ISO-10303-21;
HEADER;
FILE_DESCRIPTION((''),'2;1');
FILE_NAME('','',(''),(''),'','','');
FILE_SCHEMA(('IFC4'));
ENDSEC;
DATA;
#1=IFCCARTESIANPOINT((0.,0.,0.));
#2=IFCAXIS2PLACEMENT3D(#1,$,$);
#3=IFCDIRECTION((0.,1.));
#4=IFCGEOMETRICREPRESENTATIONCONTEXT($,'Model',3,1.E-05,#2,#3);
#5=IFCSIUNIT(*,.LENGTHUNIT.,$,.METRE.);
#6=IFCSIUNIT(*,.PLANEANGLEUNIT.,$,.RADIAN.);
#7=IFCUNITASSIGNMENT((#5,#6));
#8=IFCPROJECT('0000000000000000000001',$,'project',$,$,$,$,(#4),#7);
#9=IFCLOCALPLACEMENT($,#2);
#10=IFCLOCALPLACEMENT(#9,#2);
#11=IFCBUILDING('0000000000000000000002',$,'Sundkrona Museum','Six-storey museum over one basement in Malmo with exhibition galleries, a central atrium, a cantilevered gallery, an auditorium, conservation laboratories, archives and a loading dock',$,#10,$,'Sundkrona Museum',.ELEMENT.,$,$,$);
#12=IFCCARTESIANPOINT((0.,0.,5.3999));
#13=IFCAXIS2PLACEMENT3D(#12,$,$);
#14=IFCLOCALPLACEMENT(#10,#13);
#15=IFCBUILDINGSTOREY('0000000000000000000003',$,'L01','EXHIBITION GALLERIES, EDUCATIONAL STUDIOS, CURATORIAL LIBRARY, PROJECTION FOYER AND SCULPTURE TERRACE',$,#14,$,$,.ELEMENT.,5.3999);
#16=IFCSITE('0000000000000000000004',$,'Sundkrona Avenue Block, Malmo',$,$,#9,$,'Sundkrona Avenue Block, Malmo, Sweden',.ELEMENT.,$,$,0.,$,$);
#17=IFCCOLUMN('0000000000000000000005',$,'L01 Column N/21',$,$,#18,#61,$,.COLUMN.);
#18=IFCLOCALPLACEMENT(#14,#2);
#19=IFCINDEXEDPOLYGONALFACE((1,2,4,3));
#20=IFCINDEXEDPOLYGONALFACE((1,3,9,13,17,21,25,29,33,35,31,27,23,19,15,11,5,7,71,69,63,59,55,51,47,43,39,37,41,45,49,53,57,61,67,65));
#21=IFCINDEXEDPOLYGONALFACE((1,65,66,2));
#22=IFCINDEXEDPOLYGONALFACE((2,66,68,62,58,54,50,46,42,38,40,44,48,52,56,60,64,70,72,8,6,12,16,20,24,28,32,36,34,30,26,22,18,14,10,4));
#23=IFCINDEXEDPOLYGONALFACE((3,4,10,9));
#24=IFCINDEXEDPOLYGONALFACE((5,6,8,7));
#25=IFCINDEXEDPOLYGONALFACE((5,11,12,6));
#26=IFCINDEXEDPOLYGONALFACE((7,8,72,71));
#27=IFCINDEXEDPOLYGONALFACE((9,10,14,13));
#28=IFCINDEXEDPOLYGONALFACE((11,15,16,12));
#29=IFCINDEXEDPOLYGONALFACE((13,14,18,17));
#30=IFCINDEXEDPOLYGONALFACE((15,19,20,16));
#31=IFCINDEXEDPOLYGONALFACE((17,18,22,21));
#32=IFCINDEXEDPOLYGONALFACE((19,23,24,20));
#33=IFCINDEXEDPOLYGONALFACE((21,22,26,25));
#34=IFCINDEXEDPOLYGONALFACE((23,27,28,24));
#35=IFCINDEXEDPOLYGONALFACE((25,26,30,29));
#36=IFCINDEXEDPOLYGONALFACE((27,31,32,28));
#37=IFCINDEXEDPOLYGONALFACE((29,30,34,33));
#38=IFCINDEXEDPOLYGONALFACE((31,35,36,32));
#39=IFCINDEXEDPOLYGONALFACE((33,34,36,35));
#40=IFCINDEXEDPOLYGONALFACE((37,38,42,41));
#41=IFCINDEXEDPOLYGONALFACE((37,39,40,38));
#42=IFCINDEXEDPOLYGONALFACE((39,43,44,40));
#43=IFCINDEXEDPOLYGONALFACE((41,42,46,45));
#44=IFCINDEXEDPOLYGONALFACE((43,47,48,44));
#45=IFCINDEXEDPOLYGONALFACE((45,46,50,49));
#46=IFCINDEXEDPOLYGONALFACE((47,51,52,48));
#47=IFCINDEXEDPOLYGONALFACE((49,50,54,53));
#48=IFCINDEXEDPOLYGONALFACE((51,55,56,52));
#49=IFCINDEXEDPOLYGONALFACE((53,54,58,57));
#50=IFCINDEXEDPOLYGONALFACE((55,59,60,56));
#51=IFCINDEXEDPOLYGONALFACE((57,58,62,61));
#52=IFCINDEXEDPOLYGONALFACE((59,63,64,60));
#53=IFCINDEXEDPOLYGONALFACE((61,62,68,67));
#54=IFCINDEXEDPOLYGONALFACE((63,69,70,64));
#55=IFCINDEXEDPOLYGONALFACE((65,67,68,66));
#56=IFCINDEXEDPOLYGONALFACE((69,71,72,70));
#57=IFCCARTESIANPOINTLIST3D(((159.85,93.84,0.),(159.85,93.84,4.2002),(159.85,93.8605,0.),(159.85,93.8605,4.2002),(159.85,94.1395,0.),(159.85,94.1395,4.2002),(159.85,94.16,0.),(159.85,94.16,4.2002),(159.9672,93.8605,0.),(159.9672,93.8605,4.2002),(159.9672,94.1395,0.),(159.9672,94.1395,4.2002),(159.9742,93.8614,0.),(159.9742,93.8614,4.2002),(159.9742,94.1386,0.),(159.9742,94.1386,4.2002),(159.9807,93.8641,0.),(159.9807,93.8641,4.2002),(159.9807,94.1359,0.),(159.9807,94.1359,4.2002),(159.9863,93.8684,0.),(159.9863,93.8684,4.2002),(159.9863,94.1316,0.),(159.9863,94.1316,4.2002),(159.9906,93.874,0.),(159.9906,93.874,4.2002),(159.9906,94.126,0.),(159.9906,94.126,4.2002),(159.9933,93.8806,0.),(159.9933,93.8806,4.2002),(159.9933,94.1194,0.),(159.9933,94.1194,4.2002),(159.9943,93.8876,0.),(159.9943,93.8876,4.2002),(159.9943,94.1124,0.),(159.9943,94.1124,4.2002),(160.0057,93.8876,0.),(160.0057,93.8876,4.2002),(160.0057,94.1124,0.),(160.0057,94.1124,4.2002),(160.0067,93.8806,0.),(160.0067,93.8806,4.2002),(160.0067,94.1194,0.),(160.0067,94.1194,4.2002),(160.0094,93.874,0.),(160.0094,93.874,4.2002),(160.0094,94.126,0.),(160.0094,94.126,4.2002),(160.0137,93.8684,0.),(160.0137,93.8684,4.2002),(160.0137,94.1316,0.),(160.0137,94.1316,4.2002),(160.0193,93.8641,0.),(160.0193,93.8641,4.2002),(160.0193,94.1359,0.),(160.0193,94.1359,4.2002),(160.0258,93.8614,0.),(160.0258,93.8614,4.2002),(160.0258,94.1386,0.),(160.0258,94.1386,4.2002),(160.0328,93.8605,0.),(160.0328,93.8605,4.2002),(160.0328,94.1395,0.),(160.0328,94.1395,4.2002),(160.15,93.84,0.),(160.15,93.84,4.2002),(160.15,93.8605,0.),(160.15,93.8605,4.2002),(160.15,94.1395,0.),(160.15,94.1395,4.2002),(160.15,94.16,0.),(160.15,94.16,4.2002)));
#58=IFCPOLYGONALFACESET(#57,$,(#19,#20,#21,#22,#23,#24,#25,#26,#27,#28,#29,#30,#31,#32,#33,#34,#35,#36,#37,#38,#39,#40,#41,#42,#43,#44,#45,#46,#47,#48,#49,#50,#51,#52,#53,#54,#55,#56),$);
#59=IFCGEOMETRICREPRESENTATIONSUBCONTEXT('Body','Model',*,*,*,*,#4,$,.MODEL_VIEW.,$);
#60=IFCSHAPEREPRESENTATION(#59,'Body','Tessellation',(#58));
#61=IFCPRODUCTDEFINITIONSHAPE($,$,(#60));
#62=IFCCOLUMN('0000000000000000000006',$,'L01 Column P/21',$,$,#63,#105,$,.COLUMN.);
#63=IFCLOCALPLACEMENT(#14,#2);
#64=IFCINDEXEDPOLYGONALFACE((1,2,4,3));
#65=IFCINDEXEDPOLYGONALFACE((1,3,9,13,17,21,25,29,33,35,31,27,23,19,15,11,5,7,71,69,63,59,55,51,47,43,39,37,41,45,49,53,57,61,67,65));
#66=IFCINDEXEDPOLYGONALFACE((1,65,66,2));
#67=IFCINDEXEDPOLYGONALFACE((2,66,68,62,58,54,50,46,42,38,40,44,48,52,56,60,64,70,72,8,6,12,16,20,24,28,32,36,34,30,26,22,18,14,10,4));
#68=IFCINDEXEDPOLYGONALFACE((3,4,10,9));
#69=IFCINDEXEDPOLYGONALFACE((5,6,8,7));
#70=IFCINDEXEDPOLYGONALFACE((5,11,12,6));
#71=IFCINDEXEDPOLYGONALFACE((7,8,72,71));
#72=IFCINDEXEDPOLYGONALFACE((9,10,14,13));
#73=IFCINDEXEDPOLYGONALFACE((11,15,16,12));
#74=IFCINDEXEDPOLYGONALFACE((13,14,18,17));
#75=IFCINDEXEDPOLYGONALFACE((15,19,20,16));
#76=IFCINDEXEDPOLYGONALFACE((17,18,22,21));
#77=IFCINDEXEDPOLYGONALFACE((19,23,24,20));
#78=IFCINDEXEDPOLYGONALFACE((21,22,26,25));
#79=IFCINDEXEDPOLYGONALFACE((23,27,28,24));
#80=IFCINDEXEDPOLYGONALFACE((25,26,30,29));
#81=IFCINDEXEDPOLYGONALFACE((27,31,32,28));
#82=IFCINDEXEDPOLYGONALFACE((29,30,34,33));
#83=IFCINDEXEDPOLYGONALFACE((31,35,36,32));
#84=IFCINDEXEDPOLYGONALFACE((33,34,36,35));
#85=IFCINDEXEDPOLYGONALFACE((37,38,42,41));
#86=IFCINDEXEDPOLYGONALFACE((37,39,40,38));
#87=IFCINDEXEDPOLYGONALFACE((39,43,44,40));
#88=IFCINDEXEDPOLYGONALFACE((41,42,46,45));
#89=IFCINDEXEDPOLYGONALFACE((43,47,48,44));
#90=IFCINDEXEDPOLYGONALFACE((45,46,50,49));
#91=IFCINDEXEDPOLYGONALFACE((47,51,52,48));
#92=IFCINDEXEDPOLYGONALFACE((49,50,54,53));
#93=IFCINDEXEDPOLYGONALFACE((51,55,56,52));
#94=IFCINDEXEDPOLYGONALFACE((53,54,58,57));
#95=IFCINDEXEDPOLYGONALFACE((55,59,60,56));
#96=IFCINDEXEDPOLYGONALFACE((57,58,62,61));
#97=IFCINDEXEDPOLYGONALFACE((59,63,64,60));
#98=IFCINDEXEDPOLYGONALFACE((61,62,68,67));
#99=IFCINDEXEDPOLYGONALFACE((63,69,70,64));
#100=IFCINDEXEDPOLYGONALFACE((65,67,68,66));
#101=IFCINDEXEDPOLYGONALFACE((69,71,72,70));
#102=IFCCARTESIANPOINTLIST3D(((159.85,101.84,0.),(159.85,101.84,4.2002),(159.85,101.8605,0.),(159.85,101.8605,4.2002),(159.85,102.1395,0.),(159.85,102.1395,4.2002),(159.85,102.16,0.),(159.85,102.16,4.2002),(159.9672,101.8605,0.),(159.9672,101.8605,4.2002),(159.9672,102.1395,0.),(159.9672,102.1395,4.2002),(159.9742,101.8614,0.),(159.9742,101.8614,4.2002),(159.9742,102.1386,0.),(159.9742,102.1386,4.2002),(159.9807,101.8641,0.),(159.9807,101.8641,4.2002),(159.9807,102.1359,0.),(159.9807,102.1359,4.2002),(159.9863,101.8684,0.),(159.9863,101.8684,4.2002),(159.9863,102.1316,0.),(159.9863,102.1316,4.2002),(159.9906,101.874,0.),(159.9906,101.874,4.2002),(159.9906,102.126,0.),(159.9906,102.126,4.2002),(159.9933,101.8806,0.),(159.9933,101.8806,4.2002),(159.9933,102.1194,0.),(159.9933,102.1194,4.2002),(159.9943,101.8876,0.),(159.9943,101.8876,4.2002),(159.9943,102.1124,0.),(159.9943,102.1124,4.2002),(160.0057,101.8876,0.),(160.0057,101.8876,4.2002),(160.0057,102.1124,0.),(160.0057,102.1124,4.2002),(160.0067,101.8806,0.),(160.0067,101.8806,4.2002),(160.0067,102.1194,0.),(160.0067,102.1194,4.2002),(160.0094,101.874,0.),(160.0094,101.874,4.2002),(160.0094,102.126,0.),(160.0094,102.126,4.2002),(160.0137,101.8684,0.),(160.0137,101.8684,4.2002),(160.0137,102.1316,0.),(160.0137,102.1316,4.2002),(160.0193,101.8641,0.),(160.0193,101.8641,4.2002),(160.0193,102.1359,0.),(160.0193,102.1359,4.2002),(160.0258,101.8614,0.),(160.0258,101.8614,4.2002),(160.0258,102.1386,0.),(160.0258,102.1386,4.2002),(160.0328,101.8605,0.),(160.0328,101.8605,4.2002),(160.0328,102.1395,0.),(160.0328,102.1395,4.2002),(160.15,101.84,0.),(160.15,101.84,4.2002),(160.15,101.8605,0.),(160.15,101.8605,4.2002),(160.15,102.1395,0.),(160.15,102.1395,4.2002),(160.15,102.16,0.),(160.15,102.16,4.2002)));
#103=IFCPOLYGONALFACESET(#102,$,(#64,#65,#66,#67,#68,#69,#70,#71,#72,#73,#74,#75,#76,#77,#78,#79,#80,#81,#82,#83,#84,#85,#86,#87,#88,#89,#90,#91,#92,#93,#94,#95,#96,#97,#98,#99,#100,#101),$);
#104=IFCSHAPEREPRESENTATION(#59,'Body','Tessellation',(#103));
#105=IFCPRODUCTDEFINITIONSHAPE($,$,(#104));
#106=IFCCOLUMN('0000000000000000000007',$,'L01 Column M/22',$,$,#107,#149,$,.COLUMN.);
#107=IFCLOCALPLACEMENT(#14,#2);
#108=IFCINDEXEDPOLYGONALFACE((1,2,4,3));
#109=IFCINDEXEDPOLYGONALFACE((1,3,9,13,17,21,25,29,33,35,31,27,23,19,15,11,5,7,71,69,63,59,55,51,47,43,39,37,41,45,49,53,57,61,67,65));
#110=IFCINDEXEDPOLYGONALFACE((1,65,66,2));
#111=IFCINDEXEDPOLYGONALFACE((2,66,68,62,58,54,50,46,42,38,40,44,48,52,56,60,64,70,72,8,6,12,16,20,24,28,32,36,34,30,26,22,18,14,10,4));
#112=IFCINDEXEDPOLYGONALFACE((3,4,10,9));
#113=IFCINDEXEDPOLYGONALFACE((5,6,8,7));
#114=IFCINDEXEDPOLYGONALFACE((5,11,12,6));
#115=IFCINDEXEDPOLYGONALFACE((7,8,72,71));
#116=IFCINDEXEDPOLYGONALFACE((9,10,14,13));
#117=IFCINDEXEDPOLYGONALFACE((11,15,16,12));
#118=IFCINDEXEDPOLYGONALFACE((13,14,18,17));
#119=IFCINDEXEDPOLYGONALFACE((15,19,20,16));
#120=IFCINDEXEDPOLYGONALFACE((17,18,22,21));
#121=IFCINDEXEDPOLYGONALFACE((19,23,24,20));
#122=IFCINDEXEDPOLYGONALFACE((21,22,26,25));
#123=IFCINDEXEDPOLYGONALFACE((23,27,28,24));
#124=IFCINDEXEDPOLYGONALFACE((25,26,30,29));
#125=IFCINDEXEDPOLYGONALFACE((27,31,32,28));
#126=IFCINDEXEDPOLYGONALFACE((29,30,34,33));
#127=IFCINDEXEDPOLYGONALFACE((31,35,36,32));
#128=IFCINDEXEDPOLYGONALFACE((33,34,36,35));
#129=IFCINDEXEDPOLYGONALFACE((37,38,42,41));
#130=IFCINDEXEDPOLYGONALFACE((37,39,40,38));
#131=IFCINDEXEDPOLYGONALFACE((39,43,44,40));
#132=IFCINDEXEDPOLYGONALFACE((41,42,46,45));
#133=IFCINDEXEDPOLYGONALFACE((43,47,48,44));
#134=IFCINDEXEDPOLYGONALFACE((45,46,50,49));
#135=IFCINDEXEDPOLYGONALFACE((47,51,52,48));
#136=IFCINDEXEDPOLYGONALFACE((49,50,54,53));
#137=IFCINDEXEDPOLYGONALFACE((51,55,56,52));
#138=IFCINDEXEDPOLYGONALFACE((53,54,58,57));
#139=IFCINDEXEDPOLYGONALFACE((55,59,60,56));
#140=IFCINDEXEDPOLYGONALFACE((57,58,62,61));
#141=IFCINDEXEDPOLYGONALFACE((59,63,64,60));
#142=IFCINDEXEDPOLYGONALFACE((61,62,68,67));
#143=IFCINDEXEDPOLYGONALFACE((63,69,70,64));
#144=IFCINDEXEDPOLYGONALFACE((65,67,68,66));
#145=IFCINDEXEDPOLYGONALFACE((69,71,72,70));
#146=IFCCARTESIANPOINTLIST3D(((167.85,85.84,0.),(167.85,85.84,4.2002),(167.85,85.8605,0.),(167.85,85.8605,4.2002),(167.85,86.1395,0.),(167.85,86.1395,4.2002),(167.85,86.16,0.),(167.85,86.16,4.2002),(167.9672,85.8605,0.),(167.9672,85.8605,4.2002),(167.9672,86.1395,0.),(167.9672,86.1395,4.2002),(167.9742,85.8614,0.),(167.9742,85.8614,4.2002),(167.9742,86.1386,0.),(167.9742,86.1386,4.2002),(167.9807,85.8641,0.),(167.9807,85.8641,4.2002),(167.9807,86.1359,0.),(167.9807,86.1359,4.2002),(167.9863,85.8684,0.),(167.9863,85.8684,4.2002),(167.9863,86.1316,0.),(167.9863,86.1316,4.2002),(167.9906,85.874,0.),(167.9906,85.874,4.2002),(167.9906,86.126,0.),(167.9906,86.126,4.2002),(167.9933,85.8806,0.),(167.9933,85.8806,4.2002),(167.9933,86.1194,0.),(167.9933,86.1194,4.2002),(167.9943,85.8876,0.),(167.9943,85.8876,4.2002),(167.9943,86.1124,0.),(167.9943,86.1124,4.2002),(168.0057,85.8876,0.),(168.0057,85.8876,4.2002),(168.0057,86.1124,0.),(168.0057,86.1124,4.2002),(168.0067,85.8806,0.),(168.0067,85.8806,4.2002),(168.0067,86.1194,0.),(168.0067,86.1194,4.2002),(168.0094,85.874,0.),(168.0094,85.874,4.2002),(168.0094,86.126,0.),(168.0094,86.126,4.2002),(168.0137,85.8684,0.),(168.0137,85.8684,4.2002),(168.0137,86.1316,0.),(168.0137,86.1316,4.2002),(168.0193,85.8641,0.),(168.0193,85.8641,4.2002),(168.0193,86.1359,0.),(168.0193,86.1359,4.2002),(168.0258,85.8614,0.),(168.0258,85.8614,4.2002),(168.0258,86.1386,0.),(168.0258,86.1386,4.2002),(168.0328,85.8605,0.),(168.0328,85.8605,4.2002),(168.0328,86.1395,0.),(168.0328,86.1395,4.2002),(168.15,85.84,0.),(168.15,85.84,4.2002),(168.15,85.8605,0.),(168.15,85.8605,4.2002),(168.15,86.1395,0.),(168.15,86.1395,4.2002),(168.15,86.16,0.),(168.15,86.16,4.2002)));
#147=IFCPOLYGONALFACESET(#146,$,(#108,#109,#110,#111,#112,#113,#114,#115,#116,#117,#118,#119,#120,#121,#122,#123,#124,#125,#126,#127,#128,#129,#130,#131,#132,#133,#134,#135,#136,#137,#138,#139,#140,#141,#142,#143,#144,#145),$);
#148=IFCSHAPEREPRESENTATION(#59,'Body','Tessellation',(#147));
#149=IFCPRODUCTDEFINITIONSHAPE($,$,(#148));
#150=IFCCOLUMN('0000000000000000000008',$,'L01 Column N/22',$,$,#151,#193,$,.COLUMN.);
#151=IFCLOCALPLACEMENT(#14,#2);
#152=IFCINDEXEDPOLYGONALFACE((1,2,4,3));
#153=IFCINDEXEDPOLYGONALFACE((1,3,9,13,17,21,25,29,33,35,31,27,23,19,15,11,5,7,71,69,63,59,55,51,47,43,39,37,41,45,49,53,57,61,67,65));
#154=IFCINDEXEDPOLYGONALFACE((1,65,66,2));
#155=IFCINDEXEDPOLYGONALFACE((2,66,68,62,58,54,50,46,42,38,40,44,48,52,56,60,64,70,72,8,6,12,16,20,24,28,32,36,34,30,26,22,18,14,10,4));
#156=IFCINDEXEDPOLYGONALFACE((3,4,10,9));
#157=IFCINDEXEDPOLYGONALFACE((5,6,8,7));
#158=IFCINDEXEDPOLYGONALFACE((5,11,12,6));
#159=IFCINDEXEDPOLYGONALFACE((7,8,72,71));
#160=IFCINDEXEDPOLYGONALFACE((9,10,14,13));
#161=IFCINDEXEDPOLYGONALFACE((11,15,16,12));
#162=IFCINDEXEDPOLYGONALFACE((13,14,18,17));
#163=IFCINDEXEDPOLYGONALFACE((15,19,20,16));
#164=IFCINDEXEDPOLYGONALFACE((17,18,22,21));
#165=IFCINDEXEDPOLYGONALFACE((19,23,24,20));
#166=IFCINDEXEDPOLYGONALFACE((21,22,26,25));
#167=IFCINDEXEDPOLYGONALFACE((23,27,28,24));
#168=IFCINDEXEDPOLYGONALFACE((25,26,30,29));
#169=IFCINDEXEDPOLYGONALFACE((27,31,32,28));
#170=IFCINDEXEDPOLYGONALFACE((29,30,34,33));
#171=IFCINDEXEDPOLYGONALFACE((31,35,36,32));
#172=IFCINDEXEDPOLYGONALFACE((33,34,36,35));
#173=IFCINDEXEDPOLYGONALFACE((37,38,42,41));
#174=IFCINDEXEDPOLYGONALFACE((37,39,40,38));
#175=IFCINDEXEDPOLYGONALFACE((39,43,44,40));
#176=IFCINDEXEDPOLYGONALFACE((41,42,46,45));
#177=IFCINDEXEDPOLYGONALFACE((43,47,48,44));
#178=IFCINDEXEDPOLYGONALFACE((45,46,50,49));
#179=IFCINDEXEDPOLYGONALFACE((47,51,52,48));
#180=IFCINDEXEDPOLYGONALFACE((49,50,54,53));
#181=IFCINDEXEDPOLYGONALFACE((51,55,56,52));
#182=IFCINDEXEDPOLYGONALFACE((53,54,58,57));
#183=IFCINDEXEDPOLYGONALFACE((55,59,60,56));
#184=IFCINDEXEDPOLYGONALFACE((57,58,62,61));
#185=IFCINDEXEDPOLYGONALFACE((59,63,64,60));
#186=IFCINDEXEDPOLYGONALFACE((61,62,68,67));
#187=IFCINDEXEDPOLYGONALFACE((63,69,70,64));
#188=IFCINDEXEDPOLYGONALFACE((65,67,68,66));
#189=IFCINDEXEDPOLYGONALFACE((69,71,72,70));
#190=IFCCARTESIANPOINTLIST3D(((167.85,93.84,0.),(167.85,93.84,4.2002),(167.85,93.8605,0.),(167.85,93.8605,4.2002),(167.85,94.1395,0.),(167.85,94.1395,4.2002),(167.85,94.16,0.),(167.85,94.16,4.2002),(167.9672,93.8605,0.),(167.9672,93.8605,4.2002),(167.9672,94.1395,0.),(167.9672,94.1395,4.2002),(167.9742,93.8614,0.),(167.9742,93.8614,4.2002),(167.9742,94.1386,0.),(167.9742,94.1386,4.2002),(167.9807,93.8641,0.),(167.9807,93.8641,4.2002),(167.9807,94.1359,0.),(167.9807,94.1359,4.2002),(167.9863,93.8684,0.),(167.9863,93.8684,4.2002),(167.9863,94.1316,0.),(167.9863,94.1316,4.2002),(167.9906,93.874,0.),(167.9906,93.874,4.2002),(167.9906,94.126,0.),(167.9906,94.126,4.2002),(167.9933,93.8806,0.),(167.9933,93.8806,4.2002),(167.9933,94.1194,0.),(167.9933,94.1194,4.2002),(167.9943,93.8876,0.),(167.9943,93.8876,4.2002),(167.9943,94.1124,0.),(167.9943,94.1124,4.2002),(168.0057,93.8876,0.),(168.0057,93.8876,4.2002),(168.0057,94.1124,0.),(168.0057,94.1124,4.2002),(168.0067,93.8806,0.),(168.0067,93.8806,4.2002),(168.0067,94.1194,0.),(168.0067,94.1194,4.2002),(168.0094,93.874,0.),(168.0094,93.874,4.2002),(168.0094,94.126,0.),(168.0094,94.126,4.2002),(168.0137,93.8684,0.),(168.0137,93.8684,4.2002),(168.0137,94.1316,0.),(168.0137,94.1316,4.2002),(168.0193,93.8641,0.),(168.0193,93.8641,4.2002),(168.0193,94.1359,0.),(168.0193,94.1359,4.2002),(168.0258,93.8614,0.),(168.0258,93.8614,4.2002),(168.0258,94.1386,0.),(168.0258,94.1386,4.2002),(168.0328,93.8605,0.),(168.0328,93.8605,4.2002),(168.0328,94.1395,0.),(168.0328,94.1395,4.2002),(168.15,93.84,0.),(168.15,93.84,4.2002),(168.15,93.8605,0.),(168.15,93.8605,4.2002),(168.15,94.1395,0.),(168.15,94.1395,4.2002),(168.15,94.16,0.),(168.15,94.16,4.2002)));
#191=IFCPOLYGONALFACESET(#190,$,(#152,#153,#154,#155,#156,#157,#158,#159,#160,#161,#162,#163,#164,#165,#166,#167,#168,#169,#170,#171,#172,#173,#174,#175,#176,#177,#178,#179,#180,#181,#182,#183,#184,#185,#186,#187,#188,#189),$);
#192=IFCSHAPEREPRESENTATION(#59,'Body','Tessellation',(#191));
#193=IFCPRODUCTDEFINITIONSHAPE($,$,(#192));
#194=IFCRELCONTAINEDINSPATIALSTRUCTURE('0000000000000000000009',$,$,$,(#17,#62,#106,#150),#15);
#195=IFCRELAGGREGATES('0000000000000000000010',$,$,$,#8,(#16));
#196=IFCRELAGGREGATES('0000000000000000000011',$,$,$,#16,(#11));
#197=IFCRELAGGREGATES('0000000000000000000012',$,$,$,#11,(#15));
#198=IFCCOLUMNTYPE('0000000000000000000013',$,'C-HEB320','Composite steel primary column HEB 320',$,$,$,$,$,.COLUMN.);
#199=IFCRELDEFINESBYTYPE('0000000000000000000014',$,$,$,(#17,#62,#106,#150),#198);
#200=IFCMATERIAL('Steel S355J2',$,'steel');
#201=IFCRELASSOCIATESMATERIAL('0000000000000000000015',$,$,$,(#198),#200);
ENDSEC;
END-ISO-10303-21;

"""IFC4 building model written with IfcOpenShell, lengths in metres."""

from ifc_helpers import new_model, si_unit, direction, frame, origin, origin_2d, place, context, subcontext, project, spatial, i_section, extrude, material, material_profile, profile_set, type_object, element, save


model = new_model("IFC4")

# Units and contexts
model_context = context("Model", 3, precision=1e-05, world=origin(), true_north=direction((0.0, 1.0)))
body_context = subcontext(model_context, "Body", "Model", "MODEL_VIEW")
ifc_project = project(units=[si_unit("LENGTHUNIT", "METRE"), si_unit("PLANEANGLEUNIT", "RADIAN")], contexts=[model_context])

# Site, building, storey
site_placement = place(None, origin())
site = spatial("IfcSite", under=ifc_project, at=site_placement, Name="Sundkrona Avenue Block, Malmo", LongName="Sundkrona Avenue Block, Malmo, Sweden", CompositionType="ELEMENT", RefElevation=0.0)
building_placement = place(site_placement, origin())
building = spatial("IfcBuilding", under=site, at=building_placement, Name="Sundkrona Museum", Description="Six-storey museum over one basement in Malmo with exhibition galleries, a central atrium, a cantilevered gallery, an auditorium, conservation laboratories, archives and a loading dock", LongName="Sundkrona Museum", CompositionType="ELEMENT")
storey_placement = place(building_placement, frame((0.0, 0.0, 5.3999)))
storey = spatial("IfcBuildingStorey", under=building, at=storey_placement, Name="L01", Description="EXHIBITION GALLERIES, EDUCATIONAL STUDIOS, CURATORIAL LIBRARY, PROJECTION FOYER AND SCULPTURE TERRACE", CompositionType="ELEMENT", Elevation=5.3999)

# Columns
ifc_material_1 = material(Name="Steel S355J2", Category="steel")
ifc_material_profile_1 = material_profile(ifc_material_1, i_section(OverallWidth=0.3, OverallDepth=0.3201, WebThickness=0.0115, FlangeThickness=0.0205, FilletRadius=0.0271, at=origin_2d()), Name="HEB 320")
ifc_profile_set_1 = profile_set([ifc_material_profile_1], Name="Steel S355J2")
column_type = type_object("IfcColumnType", Name="C-HEB320", Description="Composite steel primary column HEB 320", PredefinedType="COLUMN", material=ifc_profile_set_1)
for number, where, z_axis, x_axis, name in (
    (1, (160.0, 94.0, 0.0), (0.0, 0.0, 1.0), (1.0, 0.0, 0.0), "L01 Column N/21"),
    (2, (160.0, 102.0, 0.0), (0.0, 0.0, 1.0), (1.0, 0.0, 0.0), "L01 Column P/21"),
    (3, (168.0, 86.0, 0.0), (0.0, 0.0, 1.0), (1.0, 0.0, 0.0), "L01 Column M/22"),
    (4, (168.0, 94.0, 0.0), (0.0, 0.0, 1.0), (1.0, 0.0, 0.0), "L01 Column N/22"),
):
    element("IfcColumn", number, at=place(storey_placement, frame(where, z_axis=z_axis, x_axis=x_axis)), inside=storey, type_object=column_type, Name=name, PredefinedType="COLUMN", context=body_context, shape_type="SweptSolid", body=[
        extrude(i_section(OverallWidth=0.3, OverallDepth=0.3201, WebThickness=0.0115, FlangeThickness=0.0205, FilletRadius=0.0271, at=origin_2d()), origin(), (0.0, 0.0, 1.0), 4.2002),
    ])

save(model, "model.ifc")
